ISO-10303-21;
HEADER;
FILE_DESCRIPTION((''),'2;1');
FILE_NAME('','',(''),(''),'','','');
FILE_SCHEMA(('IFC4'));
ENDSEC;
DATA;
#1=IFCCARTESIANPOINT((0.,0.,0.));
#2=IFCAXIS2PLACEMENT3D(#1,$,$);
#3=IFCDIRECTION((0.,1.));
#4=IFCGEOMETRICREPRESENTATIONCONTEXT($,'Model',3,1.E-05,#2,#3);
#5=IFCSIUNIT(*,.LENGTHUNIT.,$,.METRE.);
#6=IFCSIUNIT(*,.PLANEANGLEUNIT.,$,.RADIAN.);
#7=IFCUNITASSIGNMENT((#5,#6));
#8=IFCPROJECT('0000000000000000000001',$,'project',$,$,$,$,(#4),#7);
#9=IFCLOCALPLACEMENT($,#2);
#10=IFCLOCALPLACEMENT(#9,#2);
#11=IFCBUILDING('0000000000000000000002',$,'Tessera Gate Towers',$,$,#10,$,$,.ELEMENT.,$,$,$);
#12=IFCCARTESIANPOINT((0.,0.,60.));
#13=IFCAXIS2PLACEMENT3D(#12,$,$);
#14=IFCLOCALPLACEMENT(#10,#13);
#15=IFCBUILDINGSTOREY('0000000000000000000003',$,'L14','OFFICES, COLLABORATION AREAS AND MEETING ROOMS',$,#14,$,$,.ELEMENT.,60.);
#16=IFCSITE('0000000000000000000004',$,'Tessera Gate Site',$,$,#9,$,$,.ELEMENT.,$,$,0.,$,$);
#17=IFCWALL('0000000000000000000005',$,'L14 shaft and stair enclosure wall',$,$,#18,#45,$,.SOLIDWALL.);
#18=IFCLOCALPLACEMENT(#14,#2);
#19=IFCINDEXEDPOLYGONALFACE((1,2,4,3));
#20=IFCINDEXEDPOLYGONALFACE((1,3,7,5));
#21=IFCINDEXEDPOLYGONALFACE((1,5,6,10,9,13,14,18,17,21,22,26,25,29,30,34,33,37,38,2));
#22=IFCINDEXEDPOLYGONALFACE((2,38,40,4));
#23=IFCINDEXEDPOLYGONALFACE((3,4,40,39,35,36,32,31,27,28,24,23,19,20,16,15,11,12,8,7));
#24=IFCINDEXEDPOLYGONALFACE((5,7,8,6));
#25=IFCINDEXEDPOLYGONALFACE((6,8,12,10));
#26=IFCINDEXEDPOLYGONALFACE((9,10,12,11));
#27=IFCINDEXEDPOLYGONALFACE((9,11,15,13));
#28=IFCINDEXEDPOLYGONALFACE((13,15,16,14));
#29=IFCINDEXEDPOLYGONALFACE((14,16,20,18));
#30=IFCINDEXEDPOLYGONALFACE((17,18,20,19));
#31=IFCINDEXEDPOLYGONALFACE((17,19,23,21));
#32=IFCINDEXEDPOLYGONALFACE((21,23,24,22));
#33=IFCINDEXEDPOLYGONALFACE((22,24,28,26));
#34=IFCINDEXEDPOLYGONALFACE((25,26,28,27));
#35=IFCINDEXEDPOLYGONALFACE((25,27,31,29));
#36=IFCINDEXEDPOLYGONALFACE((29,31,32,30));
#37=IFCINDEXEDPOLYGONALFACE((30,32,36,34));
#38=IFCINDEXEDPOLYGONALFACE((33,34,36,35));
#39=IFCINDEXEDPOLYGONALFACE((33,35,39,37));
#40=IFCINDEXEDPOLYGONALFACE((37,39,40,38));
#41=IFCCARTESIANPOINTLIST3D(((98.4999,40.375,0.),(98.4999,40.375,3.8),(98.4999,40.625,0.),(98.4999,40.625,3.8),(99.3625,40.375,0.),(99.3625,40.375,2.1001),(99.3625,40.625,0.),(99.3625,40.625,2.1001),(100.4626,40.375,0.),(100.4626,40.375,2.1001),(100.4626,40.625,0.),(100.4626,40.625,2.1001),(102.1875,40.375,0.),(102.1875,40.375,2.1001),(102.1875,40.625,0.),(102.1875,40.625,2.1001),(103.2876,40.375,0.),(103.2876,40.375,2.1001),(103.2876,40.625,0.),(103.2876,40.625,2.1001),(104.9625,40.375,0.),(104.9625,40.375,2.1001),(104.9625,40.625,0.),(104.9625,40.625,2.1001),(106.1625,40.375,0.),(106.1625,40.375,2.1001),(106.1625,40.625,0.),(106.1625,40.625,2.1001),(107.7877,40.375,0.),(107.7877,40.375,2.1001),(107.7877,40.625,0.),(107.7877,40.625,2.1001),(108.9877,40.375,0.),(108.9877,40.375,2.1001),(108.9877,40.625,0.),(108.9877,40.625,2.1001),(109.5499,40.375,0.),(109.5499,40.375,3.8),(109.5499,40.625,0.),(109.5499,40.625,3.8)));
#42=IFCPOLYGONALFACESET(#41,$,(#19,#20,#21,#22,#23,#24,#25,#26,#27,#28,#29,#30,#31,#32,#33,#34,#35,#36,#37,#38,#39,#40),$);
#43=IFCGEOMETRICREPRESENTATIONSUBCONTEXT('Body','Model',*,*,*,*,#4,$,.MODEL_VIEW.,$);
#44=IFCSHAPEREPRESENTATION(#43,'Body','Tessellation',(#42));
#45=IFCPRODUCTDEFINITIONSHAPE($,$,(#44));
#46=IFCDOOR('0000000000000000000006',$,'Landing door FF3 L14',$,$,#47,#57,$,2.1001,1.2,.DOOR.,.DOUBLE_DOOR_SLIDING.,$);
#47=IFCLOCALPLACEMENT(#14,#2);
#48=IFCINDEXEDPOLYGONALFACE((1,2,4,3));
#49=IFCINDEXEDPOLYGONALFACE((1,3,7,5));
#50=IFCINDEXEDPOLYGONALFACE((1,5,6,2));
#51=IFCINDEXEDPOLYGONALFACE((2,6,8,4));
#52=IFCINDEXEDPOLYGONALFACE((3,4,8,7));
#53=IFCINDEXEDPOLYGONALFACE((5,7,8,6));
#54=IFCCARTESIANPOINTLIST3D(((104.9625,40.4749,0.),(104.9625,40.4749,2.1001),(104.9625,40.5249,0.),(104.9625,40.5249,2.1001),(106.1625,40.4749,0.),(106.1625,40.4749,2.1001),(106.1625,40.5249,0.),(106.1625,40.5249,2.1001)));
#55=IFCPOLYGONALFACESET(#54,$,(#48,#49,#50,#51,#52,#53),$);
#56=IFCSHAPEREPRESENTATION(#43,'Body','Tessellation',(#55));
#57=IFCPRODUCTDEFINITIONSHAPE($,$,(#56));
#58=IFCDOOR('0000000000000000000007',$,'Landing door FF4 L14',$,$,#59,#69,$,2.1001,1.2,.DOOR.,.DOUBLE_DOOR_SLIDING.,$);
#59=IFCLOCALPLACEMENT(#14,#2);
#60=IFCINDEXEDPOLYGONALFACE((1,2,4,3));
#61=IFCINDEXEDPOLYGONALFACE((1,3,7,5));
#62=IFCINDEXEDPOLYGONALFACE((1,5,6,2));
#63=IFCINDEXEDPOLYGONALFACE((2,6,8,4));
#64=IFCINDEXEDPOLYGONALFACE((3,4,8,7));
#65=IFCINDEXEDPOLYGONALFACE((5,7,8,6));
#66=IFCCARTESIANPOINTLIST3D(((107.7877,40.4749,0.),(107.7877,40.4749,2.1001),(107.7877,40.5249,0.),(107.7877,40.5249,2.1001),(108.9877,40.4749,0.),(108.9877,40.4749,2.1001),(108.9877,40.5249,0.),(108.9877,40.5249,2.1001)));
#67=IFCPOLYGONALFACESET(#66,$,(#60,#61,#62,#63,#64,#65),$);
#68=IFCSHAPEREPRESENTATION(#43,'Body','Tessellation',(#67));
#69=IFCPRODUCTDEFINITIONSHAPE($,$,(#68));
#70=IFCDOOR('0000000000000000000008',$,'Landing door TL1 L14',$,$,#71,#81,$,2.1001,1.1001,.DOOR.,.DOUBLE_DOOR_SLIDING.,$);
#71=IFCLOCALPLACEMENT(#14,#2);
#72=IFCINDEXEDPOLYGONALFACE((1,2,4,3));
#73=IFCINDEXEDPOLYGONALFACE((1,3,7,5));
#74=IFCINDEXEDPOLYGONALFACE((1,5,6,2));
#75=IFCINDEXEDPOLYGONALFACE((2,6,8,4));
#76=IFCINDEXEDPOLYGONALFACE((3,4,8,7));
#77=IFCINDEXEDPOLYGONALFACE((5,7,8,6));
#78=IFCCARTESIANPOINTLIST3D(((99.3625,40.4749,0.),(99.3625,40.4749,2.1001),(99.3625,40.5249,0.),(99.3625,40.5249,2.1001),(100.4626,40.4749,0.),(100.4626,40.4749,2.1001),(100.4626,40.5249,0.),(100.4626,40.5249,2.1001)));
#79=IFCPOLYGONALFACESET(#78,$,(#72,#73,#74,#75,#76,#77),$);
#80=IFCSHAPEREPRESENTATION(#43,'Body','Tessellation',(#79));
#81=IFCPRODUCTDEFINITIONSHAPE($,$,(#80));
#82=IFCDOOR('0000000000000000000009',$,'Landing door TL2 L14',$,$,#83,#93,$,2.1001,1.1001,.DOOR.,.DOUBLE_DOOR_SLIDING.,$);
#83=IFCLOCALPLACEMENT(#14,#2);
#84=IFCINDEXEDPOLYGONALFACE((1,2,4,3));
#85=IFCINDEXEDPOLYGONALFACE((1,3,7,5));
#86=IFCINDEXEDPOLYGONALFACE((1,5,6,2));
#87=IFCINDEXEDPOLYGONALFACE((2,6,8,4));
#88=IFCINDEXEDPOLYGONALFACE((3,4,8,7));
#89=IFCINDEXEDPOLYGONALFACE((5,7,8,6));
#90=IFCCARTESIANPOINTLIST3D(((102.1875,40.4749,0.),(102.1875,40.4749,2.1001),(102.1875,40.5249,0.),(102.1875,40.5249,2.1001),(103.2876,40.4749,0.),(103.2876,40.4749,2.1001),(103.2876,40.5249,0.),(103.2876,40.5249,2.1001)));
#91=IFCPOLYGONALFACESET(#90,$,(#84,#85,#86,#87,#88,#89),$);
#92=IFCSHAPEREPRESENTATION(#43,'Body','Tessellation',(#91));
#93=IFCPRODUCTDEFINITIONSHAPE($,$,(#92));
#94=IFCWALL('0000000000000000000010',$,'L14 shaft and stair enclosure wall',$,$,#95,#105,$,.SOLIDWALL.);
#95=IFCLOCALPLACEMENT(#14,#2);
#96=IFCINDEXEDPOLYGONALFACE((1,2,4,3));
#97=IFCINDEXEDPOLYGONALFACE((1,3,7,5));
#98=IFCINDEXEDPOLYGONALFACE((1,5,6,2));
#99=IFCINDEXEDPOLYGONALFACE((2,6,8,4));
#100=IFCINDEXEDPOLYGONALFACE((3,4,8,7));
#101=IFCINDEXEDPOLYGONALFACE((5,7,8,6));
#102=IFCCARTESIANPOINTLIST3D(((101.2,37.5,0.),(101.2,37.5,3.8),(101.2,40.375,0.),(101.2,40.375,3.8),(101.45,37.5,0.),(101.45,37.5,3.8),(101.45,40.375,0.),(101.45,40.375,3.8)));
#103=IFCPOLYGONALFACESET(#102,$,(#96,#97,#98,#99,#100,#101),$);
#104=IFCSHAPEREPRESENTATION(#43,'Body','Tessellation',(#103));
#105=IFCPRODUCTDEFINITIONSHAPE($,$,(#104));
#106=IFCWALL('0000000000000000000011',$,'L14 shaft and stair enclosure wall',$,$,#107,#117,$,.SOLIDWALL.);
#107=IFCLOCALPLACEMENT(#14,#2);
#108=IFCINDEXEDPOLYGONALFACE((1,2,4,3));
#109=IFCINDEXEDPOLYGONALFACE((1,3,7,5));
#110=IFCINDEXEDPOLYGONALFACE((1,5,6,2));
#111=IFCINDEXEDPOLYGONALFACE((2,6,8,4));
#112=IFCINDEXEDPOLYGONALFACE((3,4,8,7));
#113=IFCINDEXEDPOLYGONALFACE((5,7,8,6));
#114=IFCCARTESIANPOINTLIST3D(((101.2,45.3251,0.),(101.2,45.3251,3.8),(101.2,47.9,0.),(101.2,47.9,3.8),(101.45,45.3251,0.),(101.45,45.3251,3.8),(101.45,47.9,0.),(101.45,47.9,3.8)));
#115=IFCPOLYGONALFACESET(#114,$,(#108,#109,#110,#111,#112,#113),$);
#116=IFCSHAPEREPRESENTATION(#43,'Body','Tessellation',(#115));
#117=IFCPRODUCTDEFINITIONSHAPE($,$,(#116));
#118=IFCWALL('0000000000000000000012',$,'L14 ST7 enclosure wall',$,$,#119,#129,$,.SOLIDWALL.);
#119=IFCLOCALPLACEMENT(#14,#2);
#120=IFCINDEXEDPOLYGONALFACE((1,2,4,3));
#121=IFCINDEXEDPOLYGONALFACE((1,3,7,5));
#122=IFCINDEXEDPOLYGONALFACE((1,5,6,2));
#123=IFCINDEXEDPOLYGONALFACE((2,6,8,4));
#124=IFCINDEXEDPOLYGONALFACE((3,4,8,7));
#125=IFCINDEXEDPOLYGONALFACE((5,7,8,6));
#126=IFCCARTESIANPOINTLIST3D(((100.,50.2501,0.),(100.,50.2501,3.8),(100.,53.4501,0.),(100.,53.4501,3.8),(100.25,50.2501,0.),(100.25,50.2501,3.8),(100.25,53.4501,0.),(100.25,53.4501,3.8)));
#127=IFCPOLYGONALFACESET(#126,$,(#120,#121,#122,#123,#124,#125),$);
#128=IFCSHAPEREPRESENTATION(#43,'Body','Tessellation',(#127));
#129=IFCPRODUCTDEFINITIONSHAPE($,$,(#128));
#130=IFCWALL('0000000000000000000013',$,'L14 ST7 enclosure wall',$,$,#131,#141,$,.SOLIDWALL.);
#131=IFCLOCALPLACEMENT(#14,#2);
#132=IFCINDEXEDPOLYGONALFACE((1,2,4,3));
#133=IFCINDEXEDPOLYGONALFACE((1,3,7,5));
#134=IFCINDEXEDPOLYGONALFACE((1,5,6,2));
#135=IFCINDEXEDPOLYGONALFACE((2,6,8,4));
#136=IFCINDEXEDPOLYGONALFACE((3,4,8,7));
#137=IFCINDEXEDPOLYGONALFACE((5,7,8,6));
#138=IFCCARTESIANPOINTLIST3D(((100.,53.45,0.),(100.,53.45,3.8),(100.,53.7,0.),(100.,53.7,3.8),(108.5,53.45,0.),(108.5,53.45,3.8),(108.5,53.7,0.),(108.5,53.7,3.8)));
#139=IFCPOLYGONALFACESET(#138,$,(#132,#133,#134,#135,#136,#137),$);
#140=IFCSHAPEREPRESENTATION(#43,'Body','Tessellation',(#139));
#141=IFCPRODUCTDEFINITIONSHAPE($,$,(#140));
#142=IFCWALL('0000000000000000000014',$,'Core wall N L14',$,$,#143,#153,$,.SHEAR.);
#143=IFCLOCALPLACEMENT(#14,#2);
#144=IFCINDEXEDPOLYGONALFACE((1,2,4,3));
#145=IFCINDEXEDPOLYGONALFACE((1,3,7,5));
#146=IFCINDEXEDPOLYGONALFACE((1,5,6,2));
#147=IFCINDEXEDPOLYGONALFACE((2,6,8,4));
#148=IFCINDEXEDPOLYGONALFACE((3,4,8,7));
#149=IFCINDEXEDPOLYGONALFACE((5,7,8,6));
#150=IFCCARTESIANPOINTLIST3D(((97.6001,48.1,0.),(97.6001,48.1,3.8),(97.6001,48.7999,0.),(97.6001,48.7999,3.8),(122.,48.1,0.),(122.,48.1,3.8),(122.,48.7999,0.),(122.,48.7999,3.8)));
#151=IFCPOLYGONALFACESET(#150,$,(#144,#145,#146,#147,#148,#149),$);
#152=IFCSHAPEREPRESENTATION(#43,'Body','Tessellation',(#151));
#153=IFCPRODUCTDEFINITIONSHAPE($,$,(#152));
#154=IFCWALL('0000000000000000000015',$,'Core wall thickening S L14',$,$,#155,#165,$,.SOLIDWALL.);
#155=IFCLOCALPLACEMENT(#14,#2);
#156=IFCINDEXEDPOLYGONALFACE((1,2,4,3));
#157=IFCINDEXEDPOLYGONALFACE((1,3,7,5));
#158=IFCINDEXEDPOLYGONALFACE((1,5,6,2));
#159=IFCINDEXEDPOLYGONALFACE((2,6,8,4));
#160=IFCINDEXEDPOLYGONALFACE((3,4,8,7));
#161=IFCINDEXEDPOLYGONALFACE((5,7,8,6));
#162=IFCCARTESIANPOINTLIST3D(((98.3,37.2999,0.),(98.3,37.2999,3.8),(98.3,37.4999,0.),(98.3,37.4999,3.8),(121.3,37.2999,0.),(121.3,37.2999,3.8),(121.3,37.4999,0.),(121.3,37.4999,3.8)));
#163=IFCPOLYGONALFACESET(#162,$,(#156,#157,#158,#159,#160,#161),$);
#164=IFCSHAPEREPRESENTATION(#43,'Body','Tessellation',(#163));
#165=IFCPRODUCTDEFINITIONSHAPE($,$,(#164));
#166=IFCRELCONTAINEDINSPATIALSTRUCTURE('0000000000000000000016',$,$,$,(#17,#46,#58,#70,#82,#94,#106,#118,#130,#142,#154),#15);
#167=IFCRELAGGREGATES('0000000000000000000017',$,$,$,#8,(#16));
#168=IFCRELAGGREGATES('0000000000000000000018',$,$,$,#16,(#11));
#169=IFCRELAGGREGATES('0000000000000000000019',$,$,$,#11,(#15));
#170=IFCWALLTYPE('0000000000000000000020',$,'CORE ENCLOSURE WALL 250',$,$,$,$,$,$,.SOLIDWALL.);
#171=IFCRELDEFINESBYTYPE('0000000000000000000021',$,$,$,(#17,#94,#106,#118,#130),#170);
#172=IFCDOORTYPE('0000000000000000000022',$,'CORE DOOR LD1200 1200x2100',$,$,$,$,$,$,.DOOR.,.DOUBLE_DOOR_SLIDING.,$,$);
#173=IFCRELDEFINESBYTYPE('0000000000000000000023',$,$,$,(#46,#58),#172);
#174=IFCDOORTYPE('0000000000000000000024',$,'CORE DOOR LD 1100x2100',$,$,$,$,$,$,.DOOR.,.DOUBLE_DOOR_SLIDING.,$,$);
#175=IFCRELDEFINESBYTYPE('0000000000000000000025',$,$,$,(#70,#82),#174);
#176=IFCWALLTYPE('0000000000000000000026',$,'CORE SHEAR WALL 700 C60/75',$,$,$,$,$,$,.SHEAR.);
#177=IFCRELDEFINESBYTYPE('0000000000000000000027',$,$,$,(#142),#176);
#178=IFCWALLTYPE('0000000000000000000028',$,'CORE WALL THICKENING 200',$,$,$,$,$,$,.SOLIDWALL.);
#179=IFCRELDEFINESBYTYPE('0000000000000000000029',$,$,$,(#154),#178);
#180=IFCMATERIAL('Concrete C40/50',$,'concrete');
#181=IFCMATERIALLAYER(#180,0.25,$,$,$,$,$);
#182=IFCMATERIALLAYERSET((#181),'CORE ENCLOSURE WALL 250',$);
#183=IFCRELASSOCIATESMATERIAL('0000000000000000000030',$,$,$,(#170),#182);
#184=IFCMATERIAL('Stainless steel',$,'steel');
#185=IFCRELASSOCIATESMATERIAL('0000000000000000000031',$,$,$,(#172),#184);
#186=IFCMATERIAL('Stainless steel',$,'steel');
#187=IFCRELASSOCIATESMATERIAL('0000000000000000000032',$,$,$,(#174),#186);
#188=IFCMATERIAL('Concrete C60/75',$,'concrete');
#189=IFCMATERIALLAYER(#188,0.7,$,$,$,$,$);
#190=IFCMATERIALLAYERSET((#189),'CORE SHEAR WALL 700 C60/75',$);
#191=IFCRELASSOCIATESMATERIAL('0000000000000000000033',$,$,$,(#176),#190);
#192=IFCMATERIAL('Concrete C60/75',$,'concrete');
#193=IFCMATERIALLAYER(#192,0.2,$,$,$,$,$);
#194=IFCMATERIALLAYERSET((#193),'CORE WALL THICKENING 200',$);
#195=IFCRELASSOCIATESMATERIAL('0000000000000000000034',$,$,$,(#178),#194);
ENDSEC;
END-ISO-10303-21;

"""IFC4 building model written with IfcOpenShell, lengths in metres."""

from ifc_helpers import new_model, si_unit, direction, frame, frame_2d, origin, place, context, subcontext, project, spatial, rectangle, extrude, source, transform, mapped, material, layer, layer_set, type_object, element, fill, save


model = new_model("IFC4")

# Units and contexts
model_context = context("Model", 3, precision=1e-05, world=origin(), true_north=direction((0.0, 1.0)))
body_context = subcontext(model_context, "Body", "Model", "MODEL_VIEW")
ifc_project = project(units=[si_unit("LENGTHUNIT", "METRE"), si_unit("PLANEANGLEUNIT", "RADIAN")], contexts=[model_context])

# Site, building, storey
site_placement = place(None, origin())
site = spatial("IfcSite", under=ifc_project, at=site_placement, Name="Tessera Gate Site", CompositionType="ELEMENT", RefElevation=0.0)
building_placement = place(site_placement, origin())
building = spatial("IfcBuilding", under=site, at=building_placement, Name="Tessera Gate Towers", CompositionType="ELEMENT")
storey_placement = place(building_placement, frame((0.0, 0.0, 60.0)))
storey = spatial("IfcBuildingStorey", under=building, at=storey_placement, Name="L14", Description="OFFICES, COLLABORATION AREAS AND MEETING ROOMS", CompositionType="ELEMENT", Elevation=60.0)

# Wall, openings, doors
ifc_material_1 = material(Name="Concrete C40/50", Category="concrete")
ifc_layer_1 = layer(ifc_material_1, 0.25)
ifc_layer_set_1 = layer_set([ifc_layer_1], Name="CORE ENCLOSURE WALL 250")
wall_type_1 = type_object("IfcWallType", Name="CORE ENCLOSURE WALL 250", PredefinedType="SOLIDWALL", material=ifc_layer_set_1)
wall_1_placement = place(storey_placement, frame((98.5, 40.5, 0.0), z_axis=(0.0, 0.0, 1.0), x_axis=(1.0, 0.0, 0.0)))
wall_1 = element("IfcWall", 1, at=wall_1_placement, inside=storey, type_object=wall_type_1, Name="L14 shaft and stair enclosure wall", PredefinedType="SOLIDWALL", context=body_context, shape_type="SweptSolid", body=[
    extrude(rectangle(XDim=11.05, YDim=0.25, at=frame_2d((5.5249, 0.0))), origin(), (0.0, 0.0, 1.0), 3.8),
])
shared_shape_1 = source(origin(), body_context, "Body", "SweptSolid", [
    extrude(rectangle(XDim=1.1001, YDim=2.1001, at=frame_2d((0.55, 1.05))), frame((0.0, 0.135, 0.0), z_axis=(0.0, -1.0, 0.0), x_axis=(1.0, 0.0, 0.0)), (0.0, 0.0, 1.0), 0.27),
])
opening_1_placement = place(wall_1_placement, frame((0.8625, 0.0, 0.0)))
opening_1 = element("IfcOpeningElement", 2, at=opening_1_placement, cuts=wall_1, PredefinedType="OPENING", context=body_context, shape_type="MappedRepresentation", body=[
    mapped(shared_shape_1, transform((0.0, 0.0, 0.0), scale=1.0)),
])
opening_2_placement = place(wall_1_placement, frame((3.6875, 0.0, 0.0)))
opening_2 = element("IfcOpeningElement", 3, at=opening_2_placement, cuts=wall_1, PredefinedType="OPENING", context=body_context, shape_type="MappedRepresentation", body=[
    mapped(shared_shape_1, transform((0.0, 0.0, 0.0), scale=1.0)),
])
shared_shape_2 = source(origin(), body_context, "Body", "SweptSolid", [
    extrude(rectangle(XDim=1.2, YDim=2.1001, at=frame_2d((0.6001, 1.05))), frame((0.0, 0.135, 0.0), z_axis=(0.0, -1.0, 0.0), x_axis=(1.0, 0.0, 0.0)), (0.0, 0.0, 1.0), 0.27),
])
opening_3_placement = place(wall_1_placement, frame((6.4624, 0.0, 0.0)))
opening_3 = element("IfcOpeningElement", 4, at=opening_3_placement, cuts=wall_1, PredefinedType="OPENING", context=body_context, shape_type="MappedRepresentation", body=[
    mapped(shared_shape_2, transform((0.0, 0.0, 0.0), scale=1.0)),
])
opening_4_placement = place(wall_1_placement, frame((9.2876, 0.0, 0.0)))
opening_4 = element("IfcOpeningElement", 5, at=opening_4_placement, cuts=wall_1, PredefinedType="OPENING", context=body_context, shape_type="MappedRepresentation", body=[
    mapped(shared_shape_2, transform((0.0, 0.0, 0.0), scale=1.0)),
])
ifc_material_2 = material(Name="Stainless steel", Category="steel")
door_type_1 = type_object("IfcDoorType", Name="CORE DOOR LD1200 1200x2100", OperationType="DOUBLE_DOOR_SLIDING", PredefinedType="DOOR", material=ifc_material_2)
shared_shape_3 = source(origin(), body_context, "Body", "SweptSolid", [
    extrude(rectangle(XDim=1.2, YDim=2.1001, at=frame_2d((0.6001, 1.05))), frame((0.0, 0.0249, 0.0), z_axis=(0.0, -1.0, 0.0), x_axis=(1.0, 0.0, 0.0)), (0.0, 0.0, 1.0), 0.05),
])
door_1_placement = place(opening_3_placement, origin())
door_1 = element("IfcDoor", 6, at=door_1_placement, inside=storey, type_object=door_type_1, Name="Landing door FF3 L14", OperationType="DOUBLE_DOOR_SLIDING", OverallHeight=2.1001, OverallWidth=1.2, PredefinedType="DOOR", context=body_context, shape_type="MappedRepresentation", body=[
    mapped(shared_shape_3, transform((0.0, 0.0, 0.0), scale=1.0)),
])
fill(opening_3, door_1)
door_2_placement = place(opening_4_placement, origin())
door_2 = element("IfcDoor", 7, at=door_2_placement, inside=storey, type_object=door_type_1, Name="Landing door FF4 L14", OperationType="DOUBLE_DOOR_SLIDING", OverallHeight=2.1001, OverallWidth=1.2, PredefinedType="DOOR", context=body_context, shape_type="MappedRepresentation", body=[
    mapped(shared_shape_3, transform((0.0, 0.0, 0.0), scale=1.0)),
])
fill(opening_4, door_2)
ifc_material_3 = material(Name="Stainless steel", Category="steel")
door_type_2 = type_object("IfcDoorType", Name="CORE DOOR LD 1100x2100", OperationType="DOUBLE_DOOR_SLIDING", PredefinedType="DOOR", material=ifc_material_3)
shared_shape_4 = source(origin(), body_context, "Body", "SweptSolid", [
    extrude(rectangle(XDim=1.1001, YDim=2.1001, at=frame_2d((0.55, 1.05))), frame((0.0, 0.0249, 0.0), z_axis=(0.0, -1.0, 0.0), x_axis=(1.0, 0.0, 0.0)), (0.0, 0.0, 1.0), 0.05),
])
door_3_placement = place(opening_1_placement, origin())
door_3 = element("IfcDoor", 8, at=door_3_placement, inside=storey, type_object=door_type_2, Name="Landing door TL1 L14", OperationType="DOUBLE_DOOR_SLIDING", OverallHeight=2.1001, OverallWidth=1.1001, PredefinedType="DOOR", context=body_context, shape_type="MappedRepresentation", body=[
    mapped(shared_shape_4, transform((0.0, 0.0, 0.0), scale=1.0)),
])
fill(opening_1, door_3)
door_4_placement = place(opening_2_placement, origin())
door_4 = element("IfcDoor", 9, at=door_4_placement, inside=storey, type_object=door_type_2, Name="Landing door TL2 L14", OperationType="DOUBLE_DOOR_SLIDING", OverallHeight=2.1001, OverallWidth=1.1001, PredefinedType="DOOR", context=body_context, shape_type="MappedRepresentation", body=[
    mapped(shared_shape_4, transform((0.0, 0.0, 0.0), scale=1.0)),
])
fill(opening_2, door_4)

# Walls
wall_2_placement = place(storey_placement, frame((101.325, 37.5, 0.0), z_axis=(0.0, 0.0, 1.0), x_axis=(0.0, 1.0, 0.0)))
element("IfcWall", 10, at=wall_2_placement, inside=storey, type_object=wall_type_1, Name="L14 shaft and stair enclosure wall", PredefinedType="SOLIDWALL", context=body_context, shape_type="SweptSolid", body=[
    extrude(rectangle(XDim=2.875, YDim=0.25, at=frame_2d((1.4375, 0.0))), origin(), (0.0, 0.0, 1.0), 3.8),
])
wall_3_placement = place(storey_placement, frame((101.325, 45.325, 0.0), z_axis=(0.0, 0.0, 1.0), x_axis=(0.0, 1.0, 0.0)))
element("IfcWall", 11, at=wall_3_placement, inside=storey, type_object=wall_type_1, Name="L14 shaft and stair enclosure wall", PredefinedType="SOLIDWALL", context=body_context, shape_type="SweptSolid", body=[
    extrude(rectangle(XDim=2.575, YDim=0.25, at=frame_2d((1.2876, 0.0))), origin(), (0.0, 0.0, 1.0), 3.8),
])
wall_4_placement = place(storey_placement, frame((100.125, 50.25, 0.0), z_axis=(0.0, 0.0, 1.0), x_axis=(0.0, 1.0, 0.0)))
element("IfcWall", 12, at=wall_4_placement, inside=storey, type_object=wall_type_1, Name="L14 ST7 enclosure wall", PredefinedType="SOLIDWALL", context=body_context, shape_type="SweptSolid", body=[
    extrude(rectangle(XDim=3.2, YDim=0.25, at=frame_2d((1.6001, 0.0))), origin(), (0.0, 0.0, 1.0), 3.8),
])
wall_5_placement = place(storey_placement, frame((100.0, 53.575, 0.0), z_axis=(0.0, 0.0, 1.0), x_axis=(1.0, 0.0, 0.0)))
element("IfcWall", 13, at=wall_5_placement, inside=storey, type_object=wall_type_1, Name="L14 ST7 enclosure wall", PredefinedType="SOLIDWALL", context=body_context, shape_type="SweptSolid", body=[
    extrude(rectangle(XDim=8.5, YDim=0.25, at=frame_2d((4.25, 0.0))), origin(), (0.0, 0.0, 1.0), 3.8),
])

# Shared definitions
ifc_material_4 = material(Name="Concrete C60/75", Category="concrete")
ifc_layer_2 = layer(ifc_material_4, 0.7)
ifc_layer_set_2 = layer_set([ifc_layer_2], Name="CORE SHEAR WALL 700 C60/75")
wall_type_2 = type_object("IfcWallType", Name="CORE SHEAR WALL 700 C60/75", PredefinedType="SHEAR", material=ifc_layer_set_2)

# Walls
wall_6_placement = place(storey_placement, frame((97.6001, 48.45, 0.0), z_axis=(0.0, 0.0, 1.0), x_axis=(1.0, 0.0, 0.0)))
element("IfcWall", 14, at=wall_6_placement, inside=storey, type_object=wall_type_2, Name="Core wall N L14", PredefinedType="SHEAR", context=body_context, shape_type="SweptSolid", body=[
    extrude(rectangle(XDim=24.3999, YDim=0.7, at=frame_2d((12.2, 0.0))), origin(), (0.0, 0.0, 1.0), 3.8),
])
ifc_material_5 = material(Name="Concrete C60/75", Category="concrete")
ifc_layer_3 = layer(ifc_material_5, 0.2)
ifc_layer_set_3 = layer_set([ifc_layer_3], Name="CORE WALL THICKENING 200")
wall_type_3 = type_object("IfcWallType", Name="CORE WALL THICKENING 200", PredefinedType="SOLIDWALL", material=ifc_layer_set_3)
for number, where, z_axis, x_axis, name in (
    (15, (98.3, 37.3999, 0.0), (0.0, 0.0, 1.0), (1.0, 0.0, 0.0), "Core wall thickening S L14"),
):
    element("IfcWall", number, at=place(storey_placement, frame(where, z_axis=z_axis, x_axis=x_axis)), inside=storey, type_object=wall_type_3, Name=name, PredefinedType="SOLIDWALL", context=body_context, shape_type="SweptSolid", body=[
        extrude(rectangle(XDim=23.0, YDim=0.2, at=frame_2d((11.5, 0.0))), origin(), (0.0, 0.0, 1.0), 3.8),
    ])

save(model, "model.ifc")
